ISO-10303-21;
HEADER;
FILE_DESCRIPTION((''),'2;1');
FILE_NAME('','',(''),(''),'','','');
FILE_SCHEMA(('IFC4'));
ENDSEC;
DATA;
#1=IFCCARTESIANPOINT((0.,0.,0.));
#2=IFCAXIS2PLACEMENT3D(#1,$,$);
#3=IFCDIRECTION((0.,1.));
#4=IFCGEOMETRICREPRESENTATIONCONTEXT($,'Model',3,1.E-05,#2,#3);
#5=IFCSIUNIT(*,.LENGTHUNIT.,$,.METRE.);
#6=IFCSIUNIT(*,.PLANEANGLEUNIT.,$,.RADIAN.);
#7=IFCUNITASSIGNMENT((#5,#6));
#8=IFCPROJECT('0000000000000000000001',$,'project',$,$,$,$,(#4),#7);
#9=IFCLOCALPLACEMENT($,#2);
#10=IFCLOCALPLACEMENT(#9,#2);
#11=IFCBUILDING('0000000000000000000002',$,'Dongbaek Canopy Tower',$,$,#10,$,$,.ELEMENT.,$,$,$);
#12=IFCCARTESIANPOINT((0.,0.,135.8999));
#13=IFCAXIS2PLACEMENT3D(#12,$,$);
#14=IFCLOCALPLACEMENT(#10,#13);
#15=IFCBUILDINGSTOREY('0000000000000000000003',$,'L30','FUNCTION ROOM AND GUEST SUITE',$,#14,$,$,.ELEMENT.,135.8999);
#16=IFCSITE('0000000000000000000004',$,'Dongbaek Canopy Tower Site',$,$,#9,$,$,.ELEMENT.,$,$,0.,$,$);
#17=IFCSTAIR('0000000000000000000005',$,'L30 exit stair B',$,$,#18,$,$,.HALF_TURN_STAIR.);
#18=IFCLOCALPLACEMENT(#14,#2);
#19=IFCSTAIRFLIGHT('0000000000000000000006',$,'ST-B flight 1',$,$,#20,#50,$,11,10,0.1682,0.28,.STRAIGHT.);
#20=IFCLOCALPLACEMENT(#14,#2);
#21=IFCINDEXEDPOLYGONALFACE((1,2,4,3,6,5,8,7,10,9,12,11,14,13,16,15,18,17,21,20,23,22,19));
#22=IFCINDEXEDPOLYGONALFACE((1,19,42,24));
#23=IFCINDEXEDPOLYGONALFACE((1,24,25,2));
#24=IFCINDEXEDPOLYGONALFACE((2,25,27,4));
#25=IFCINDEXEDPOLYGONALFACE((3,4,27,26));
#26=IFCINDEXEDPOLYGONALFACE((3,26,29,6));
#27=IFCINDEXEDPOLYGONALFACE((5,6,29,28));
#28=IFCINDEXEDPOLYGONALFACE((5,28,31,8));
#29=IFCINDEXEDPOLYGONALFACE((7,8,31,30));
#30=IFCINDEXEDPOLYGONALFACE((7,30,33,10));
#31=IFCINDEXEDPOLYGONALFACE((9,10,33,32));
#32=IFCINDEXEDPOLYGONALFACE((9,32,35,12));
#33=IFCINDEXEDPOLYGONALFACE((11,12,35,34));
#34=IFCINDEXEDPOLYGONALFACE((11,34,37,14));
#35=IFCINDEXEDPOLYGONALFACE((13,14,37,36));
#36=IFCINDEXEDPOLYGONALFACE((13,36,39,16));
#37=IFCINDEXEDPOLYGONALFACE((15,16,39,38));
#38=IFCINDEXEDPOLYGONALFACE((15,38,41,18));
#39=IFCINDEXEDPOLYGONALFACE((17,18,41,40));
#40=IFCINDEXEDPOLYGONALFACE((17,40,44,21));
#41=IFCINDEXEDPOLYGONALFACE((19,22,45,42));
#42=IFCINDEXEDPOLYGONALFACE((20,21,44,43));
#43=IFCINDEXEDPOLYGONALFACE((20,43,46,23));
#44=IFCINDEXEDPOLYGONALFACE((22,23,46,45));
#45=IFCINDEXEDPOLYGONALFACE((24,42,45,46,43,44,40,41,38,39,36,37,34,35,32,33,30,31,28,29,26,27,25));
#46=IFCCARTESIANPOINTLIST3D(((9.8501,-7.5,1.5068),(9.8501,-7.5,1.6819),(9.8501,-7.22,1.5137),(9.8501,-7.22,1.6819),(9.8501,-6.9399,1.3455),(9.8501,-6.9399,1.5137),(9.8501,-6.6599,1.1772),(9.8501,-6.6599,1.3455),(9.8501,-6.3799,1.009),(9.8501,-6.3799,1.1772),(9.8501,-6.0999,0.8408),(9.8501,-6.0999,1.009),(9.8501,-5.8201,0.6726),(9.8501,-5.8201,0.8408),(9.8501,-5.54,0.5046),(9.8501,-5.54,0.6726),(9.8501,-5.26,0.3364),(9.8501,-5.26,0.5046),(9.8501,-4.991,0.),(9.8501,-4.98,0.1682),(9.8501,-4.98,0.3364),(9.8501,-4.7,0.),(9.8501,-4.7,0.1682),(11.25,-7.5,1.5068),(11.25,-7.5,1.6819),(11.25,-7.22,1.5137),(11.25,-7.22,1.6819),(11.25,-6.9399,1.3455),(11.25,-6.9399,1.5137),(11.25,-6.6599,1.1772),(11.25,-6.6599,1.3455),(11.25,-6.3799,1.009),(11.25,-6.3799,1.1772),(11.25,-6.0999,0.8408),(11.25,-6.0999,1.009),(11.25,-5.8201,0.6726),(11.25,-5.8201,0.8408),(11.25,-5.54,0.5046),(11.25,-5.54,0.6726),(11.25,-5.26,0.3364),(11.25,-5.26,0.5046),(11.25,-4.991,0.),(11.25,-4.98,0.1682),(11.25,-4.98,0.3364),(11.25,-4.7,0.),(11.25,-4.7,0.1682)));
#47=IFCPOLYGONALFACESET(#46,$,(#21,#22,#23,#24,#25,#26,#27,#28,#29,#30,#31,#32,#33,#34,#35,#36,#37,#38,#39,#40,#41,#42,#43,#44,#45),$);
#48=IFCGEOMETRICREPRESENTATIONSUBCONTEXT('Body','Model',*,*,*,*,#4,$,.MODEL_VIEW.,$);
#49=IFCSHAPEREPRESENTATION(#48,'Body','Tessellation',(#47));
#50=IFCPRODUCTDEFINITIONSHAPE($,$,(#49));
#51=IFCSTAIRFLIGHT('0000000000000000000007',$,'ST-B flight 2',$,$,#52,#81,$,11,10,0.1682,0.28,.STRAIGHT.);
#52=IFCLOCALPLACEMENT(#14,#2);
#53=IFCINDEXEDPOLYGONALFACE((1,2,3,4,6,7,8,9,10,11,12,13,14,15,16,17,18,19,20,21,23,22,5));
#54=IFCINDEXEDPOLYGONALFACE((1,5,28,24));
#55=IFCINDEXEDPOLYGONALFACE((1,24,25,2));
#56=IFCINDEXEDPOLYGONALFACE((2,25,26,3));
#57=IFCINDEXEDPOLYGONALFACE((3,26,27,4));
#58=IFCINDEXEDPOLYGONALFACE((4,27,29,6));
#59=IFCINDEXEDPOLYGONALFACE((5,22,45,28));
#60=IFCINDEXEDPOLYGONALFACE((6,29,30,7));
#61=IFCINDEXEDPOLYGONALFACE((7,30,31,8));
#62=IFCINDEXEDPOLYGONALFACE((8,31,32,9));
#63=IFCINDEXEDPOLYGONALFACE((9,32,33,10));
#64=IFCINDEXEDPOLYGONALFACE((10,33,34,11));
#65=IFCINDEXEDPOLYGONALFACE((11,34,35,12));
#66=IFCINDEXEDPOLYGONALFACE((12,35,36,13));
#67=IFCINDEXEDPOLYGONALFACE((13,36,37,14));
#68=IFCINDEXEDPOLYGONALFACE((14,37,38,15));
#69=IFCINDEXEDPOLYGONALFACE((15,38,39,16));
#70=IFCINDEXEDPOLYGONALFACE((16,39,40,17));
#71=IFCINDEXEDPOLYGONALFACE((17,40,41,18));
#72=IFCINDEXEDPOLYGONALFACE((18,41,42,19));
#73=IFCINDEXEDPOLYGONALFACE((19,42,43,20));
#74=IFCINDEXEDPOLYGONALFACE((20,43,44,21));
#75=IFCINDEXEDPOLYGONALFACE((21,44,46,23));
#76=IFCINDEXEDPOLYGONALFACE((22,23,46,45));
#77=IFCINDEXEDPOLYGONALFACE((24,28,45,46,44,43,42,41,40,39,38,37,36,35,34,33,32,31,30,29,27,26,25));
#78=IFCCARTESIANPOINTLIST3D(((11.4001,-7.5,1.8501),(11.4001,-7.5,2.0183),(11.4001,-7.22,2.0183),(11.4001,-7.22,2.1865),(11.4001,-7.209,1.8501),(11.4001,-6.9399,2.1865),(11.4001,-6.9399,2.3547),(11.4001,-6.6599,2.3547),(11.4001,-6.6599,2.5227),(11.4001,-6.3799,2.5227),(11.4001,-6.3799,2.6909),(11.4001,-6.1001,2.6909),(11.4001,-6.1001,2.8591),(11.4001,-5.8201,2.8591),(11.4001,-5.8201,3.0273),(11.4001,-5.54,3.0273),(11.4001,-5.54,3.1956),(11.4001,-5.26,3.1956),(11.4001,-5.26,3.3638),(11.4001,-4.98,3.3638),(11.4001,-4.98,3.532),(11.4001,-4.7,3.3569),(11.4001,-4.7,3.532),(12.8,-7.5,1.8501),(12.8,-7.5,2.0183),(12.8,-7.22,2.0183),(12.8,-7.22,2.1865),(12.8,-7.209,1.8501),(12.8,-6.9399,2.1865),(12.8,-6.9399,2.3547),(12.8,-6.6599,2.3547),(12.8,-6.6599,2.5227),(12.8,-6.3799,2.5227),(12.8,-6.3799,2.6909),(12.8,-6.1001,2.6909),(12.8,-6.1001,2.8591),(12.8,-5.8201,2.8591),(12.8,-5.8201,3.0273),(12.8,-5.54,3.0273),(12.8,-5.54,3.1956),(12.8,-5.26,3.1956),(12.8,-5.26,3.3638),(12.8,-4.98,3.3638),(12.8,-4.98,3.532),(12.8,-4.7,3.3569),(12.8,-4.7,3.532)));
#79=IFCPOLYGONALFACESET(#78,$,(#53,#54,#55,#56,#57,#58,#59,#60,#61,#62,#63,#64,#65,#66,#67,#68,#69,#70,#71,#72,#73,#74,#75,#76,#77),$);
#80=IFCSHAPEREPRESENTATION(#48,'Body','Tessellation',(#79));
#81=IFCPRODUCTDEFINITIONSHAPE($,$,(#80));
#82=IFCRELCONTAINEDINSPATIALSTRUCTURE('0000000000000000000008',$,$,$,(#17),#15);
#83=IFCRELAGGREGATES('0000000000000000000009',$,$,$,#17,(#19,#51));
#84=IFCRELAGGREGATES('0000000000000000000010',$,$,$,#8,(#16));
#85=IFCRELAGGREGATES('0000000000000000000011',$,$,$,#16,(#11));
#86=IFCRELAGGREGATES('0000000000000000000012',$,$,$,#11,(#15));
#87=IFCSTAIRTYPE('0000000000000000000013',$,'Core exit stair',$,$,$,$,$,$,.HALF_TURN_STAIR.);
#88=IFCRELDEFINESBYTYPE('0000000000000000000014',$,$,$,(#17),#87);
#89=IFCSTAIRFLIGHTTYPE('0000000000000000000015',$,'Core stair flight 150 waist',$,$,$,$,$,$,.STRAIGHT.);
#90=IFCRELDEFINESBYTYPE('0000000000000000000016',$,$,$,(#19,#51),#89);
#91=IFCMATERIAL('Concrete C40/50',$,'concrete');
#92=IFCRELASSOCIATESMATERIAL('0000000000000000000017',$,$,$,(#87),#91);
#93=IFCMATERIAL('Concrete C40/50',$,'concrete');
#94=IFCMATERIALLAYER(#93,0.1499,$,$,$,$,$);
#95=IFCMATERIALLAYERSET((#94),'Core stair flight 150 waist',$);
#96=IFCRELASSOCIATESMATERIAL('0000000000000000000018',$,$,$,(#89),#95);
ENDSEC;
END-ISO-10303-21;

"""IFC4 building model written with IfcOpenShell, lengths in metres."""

from ifc_helpers import new_model, si_unit, direction, frame, origin, place, context, subcontext, project, spatial, polyline, outline, extrude, material, layer, layer_set, type_object, element, aggregate, save


model = new_model("IFC4")

# Units and contexts
model_context = context("Model", 3, precision=1e-05, world=origin(), true_north=direction((0.0, 1.0)))
body_context = subcontext(model_context, "Body", "Model", "MODEL_VIEW")
ifc_project = project(units=[si_unit("LENGTHUNIT", "METRE"), si_unit("PLANEANGLEUNIT", "RADIAN")], contexts=[model_context])

# Site, building, storey
site_placement = place(None, origin())
site = spatial("IfcSite", under=ifc_project, at=site_placement, Name="Dongbaek Canopy Tower Site", CompositionType="ELEMENT", RefElevation=0.0)
building_placement = place(site_placement, origin())
building = spatial("IfcBuilding", under=site, at=building_placement, Name="Dongbaek Canopy Tower", CompositionType="ELEMENT")
storey_placement = place(building_placement, frame((0.0, 0.0, 135.8999)))
storey = spatial("IfcBuildingStorey", under=building, at=storey_placement, Name="L30", Description="FUNCTION ROOM AND GUEST SUITE", CompositionType="ELEMENT", Elevation=135.8999)

# Stair, stair flights
ifc_material_1 = material(Name="Concrete C40/50", Category="concrete")
stair_type = type_object("IfcStairType", Name="Core exit stair", PredefinedType="HALF_TURN_STAIR", material=ifc_material_1)
stair_placement = place(storey_placement, origin())
stair = element("IfcStair", 1, at=stair_placement, inside=storey, type_object=stair_type, Name="L30 exit stair B", PredefinedType="HALF_TURN_STAIR")
ifc_material_2 = material(Name="Concrete C40/50", Category="concrete")
ifc_layer_1 = layer(ifc_material_2, 0.1499)
ifc_layer_set_1 = layer_set([ifc_layer_1], Name="Core stair flight 150 waist")
stair_flight_type = type_object("IfcStairFlightType", Name="Core stair flight 150 waist", PredefinedType="STRAIGHT", material=ifc_layer_set_1)
stair_flight_1_placement = place(storey_placement, frame((10.55, -4.7, 0.0), z_axis=(0.0, 0.0, 1.0), x_axis=(0.0, -1.0, 0.0)))
stair_flight_1 = element("IfcStairFlight", 2, at=stair_flight_1_placement, type_object=stair_flight_type, Name="ST-B flight 1", NumberOfRisers=11, NumberOfTreads=10, PredefinedType="STRAIGHT", RiserHeight=0.1682, TreadLength=0.28, context=body_context, shape_type="SweptSolid", body=[
    extrude(outline(polyline([(0.0, 0.0), (0.0, 0.1682), (0.28, 0.1682), (0.28, 0.3364), (0.5601, 0.3364), (0.5601, 0.5046), (0.8401, 0.5046), (0.8401, 0.6726), (1.1201, 0.6726), (1.1201, 0.8408), (1.3999, 0.8408), (1.3999, 1.009), (1.6799, 1.009), (1.6799, 1.1772), (1.96, 1.1772), (1.96, 1.3455), (2.24, 1.3455), (2.24, 1.5137), (2.52, 1.5137), (2.52, 1.6819), (2.8, 1.6819), (2.8, 1.8501), (2.8, 1.5068), (0.291, 0.0), (0.0, 0.0)])), frame((0.0, 0.7, 0.0), z_axis=(0.0, -1.0, 0.0), x_axis=(1.0, 0.0, 0.0)), (0.0, 0.0, 1.0), 1.3999),
])
stair_flight_2_placement = place(storey_placement, frame((12.1001, -7.5, 1.8501), z_axis=(0.0, 0.0, 1.0), x_axis=(0.0, 1.0, 0.0)))
stair_flight_2 = element("IfcStairFlight", 3, at=stair_flight_2_placement, type_object=stair_flight_type, Name="ST-B flight 2", NumberOfRisers=11, NumberOfTreads=10, PredefinedType="STRAIGHT", RiserHeight=0.1682, TreadLength=0.28, context=body_context, shape_type="SweptSolid", body=[
    extrude(outline(polyline([(0.0, 0.0), (0.0, 0.1682), (0.28, 0.1682), (0.28, 0.3364), (0.5601, 0.3364), (0.5601, 0.5046), (0.8401, 0.5046), (0.8401, 0.6726), (1.1201, 0.6726), (1.1201, 0.8408), (1.3999, 0.8408), (1.3999, 1.009), (1.6799, 1.009), (1.6799, 1.1772), (1.96, 1.1772), (1.96, 1.3455), (2.24, 1.3455), (2.24, 1.5137), (2.52, 1.5137), (2.52, 1.6819), (2.8, 1.6819), (2.8, 1.8501), (2.8, 1.5068), (0.291, 0.0), (0.0, 0.0)])), frame((0.0, 0.7, 0.0), z_axis=(0.0, -1.0, 0.0), x_axis=(1.0, 0.0, 0.0)), (0.0, 0.0, 1.0), 1.3999),
])
aggregate(stair, [stair_flight_1, stair_flight_2])

save(model, "model.ifc")
